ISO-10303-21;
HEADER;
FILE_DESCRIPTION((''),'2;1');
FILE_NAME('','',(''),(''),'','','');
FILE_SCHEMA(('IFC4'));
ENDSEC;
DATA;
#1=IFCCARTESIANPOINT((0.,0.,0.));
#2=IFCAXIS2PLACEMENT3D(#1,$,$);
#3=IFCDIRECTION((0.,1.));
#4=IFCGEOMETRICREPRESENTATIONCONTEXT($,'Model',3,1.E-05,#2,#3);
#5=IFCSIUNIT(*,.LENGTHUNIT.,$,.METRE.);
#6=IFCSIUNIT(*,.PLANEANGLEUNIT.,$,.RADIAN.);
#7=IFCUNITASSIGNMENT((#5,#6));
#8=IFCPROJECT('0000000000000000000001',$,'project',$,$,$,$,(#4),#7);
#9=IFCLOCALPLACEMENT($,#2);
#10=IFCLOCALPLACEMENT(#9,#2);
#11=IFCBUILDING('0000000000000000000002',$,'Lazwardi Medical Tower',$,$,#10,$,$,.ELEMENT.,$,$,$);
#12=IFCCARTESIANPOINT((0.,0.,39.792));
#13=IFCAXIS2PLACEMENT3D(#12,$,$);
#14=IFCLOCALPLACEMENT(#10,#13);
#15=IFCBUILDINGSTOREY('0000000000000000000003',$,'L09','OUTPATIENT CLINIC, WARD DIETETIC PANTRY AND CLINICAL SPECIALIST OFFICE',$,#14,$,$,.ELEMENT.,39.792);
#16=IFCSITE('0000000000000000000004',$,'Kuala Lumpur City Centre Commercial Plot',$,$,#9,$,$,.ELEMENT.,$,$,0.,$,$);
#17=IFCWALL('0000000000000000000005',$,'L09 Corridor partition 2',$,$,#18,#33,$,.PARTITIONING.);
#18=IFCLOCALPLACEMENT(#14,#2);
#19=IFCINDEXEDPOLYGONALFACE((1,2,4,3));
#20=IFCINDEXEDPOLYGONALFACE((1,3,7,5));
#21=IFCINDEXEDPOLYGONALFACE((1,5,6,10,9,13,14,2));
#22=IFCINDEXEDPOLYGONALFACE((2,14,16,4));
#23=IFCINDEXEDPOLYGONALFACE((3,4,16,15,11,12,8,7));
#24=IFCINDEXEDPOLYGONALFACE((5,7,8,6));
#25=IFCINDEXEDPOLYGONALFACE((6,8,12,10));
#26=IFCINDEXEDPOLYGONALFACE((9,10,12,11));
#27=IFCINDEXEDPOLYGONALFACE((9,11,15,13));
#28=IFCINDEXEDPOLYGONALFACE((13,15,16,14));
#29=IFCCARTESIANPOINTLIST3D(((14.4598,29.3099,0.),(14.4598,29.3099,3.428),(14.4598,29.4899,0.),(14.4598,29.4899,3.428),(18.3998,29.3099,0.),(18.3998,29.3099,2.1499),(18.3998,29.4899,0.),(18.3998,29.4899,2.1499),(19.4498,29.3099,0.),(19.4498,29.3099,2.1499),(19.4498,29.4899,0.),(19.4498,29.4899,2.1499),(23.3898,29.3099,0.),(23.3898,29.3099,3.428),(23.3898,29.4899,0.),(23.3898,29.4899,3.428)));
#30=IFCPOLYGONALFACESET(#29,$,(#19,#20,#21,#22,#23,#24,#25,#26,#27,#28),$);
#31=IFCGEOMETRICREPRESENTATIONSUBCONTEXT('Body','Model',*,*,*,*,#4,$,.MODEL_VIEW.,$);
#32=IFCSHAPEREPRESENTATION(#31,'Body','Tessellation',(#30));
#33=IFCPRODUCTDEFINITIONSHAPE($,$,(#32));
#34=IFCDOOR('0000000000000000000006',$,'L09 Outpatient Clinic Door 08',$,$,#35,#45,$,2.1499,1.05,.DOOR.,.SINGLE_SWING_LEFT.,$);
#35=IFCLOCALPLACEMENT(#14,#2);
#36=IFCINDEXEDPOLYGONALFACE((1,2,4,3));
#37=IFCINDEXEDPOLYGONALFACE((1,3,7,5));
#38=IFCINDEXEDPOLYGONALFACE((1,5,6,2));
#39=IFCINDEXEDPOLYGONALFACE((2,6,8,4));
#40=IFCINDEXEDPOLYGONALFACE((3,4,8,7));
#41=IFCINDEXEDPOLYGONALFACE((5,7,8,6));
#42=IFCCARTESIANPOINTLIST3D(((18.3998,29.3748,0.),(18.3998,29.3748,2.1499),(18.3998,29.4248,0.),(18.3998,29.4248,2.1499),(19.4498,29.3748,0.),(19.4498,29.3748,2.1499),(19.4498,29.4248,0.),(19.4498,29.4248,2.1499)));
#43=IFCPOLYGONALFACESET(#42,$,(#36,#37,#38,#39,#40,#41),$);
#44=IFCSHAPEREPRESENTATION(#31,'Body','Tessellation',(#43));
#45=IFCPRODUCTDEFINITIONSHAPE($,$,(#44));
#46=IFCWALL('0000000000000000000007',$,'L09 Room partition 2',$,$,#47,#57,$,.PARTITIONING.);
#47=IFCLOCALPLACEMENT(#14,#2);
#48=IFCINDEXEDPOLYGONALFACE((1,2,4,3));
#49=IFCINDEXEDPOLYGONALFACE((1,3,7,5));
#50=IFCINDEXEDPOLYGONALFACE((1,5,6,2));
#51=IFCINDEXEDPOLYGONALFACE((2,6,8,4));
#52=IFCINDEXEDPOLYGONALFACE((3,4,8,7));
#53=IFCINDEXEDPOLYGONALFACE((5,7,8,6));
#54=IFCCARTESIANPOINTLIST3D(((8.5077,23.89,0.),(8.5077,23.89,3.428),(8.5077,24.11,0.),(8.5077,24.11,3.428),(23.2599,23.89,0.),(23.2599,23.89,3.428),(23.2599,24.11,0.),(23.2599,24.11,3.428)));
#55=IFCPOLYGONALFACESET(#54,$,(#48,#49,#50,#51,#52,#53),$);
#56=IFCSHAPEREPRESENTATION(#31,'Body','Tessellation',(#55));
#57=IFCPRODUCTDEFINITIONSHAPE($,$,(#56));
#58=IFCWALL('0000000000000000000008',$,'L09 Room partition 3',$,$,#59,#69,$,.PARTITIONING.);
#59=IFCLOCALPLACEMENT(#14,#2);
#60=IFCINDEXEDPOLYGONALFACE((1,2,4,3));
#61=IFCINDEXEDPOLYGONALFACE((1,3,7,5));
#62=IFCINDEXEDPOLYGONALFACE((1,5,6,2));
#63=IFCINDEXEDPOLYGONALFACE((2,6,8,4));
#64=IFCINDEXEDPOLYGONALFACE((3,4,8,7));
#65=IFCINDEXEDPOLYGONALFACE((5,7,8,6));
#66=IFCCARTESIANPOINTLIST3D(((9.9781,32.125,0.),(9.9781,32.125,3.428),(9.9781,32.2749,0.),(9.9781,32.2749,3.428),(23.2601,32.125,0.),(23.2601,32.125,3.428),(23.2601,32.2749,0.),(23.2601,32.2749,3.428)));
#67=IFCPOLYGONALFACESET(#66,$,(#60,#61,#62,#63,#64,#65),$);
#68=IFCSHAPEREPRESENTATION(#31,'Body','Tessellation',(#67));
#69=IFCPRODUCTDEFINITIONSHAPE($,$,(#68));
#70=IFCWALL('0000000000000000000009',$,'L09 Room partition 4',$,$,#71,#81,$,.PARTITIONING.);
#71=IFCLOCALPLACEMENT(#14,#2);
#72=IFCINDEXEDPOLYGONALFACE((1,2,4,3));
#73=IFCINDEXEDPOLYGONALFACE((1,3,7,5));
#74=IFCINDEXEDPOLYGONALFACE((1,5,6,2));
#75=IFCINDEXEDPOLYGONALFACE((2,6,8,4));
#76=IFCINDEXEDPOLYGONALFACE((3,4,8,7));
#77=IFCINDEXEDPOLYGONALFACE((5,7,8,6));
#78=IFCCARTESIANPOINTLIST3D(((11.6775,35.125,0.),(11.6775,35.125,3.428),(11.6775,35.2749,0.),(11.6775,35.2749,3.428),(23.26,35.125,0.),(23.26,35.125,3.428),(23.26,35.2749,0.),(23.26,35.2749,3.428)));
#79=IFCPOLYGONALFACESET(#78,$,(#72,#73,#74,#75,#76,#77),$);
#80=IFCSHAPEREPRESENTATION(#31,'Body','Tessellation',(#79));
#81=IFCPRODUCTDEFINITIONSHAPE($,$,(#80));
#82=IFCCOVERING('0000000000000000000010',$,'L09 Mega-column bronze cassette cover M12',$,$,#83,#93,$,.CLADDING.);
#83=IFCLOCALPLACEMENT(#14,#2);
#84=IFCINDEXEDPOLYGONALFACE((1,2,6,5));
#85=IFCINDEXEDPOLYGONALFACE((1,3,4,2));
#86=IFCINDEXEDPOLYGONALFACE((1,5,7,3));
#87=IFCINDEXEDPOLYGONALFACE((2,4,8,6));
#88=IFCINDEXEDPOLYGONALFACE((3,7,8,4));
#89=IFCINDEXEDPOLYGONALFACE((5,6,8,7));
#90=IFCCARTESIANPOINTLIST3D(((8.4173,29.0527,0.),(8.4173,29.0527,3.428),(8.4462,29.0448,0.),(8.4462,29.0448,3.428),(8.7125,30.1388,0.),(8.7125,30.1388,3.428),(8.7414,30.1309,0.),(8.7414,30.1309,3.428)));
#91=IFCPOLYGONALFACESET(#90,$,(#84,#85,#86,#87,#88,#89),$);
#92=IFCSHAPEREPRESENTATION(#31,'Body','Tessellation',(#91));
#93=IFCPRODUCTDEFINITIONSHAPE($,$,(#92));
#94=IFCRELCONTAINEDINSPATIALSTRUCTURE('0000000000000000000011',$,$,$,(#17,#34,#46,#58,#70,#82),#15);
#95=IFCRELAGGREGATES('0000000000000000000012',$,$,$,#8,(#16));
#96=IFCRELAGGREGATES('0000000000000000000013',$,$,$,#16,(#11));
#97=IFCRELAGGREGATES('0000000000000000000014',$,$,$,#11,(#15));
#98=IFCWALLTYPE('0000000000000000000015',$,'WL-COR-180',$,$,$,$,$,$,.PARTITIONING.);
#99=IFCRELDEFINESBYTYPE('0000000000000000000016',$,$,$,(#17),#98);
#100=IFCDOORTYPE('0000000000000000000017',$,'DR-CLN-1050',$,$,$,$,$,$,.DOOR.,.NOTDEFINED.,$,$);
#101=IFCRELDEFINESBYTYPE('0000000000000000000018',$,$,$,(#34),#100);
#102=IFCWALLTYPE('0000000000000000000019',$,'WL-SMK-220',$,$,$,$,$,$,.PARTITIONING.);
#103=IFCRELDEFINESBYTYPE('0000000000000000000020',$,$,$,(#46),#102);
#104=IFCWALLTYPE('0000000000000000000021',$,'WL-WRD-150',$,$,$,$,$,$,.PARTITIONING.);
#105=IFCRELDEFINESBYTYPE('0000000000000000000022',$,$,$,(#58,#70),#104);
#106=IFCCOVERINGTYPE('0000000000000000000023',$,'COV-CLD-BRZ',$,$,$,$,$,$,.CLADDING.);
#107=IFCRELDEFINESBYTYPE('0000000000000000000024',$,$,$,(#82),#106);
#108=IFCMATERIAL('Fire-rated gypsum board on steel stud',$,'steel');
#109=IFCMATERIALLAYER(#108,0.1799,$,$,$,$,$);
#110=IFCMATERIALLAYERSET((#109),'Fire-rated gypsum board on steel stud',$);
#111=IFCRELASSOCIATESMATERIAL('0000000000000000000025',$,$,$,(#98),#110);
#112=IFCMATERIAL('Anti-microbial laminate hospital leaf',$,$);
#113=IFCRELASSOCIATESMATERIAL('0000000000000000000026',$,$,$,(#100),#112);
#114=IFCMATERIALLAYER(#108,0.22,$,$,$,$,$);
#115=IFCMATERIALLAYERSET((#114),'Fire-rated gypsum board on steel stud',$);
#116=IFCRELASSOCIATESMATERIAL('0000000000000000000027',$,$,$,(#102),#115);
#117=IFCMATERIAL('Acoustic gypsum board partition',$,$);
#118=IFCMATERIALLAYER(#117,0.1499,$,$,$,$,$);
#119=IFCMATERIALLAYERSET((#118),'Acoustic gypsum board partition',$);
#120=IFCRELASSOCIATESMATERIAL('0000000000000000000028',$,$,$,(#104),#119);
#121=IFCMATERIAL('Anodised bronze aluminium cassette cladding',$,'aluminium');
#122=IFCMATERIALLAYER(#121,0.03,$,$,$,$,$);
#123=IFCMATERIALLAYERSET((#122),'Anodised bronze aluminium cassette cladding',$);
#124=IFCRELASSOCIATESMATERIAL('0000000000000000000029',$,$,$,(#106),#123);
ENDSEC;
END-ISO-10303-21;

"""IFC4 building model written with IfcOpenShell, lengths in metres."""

from ifc_helpers import new_model, si_unit, direction, frame, frame_2d, origin, origin_2d, place, context, subcontext, project, spatial, rectangle, extrude, material, layer, layer_set, type_object, element, fill, save


model = new_model("IFC4")

# Units and contexts
model_context = context("Model", 3, precision=1e-05, world=origin(), true_north=direction((0.0, 1.0)))
body_context = subcontext(model_context, "Body", "Model", "MODEL_VIEW")
ifc_project = project(units=[si_unit("LENGTHUNIT", "METRE"), si_unit("PLANEANGLEUNIT", "RADIAN")], contexts=[model_context])

# Site, building, storey
site_placement = place(None, origin())
site = spatial("IfcSite", under=ifc_project, at=site_placement, Name="Kuala Lumpur City Centre Commercial Plot", CompositionType="ELEMENT", RefElevation=0.0)
building_placement = place(site_placement, origin())
building = spatial("IfcBuilding", under=site, at=building_placement, Name="Lazwardi Medical Tower", CompositionType="ELEMENT")
storey_placement = place(building_placement, frame((0.0, 0.0, 39.792)))
storey = spatial("IfcBuildingStorey", under=building, at=storey_placement, Name="L09", Description="OUTPATIENT CLINIC, WARD DIETETIC PANTRY AND CLINICAL SPECIALIST OFFICE", CompositionType="ELEMENT", Elevation=39.792)

# Shared definitions
ifc_material_1 = material(Name="Fire-rated gypsum board on steel stud", Category="steel")
ifc_layer_1 = layer(ifc_material_1, 0.1799)
ifc_layer_set_1 = layer_set([ifc_layer_1], Name="Fire-rated gypsum board on steel stud")
wall_type_1 = type_object("IfcWallType", Name="WL-COR-180", PredefinedType="PARTITIONING", material=ifc_layer_set_1)

# Wall, opening, door
wall_1_placement = place(storey_placement, frame((14.46, 29.3999, 0.0), z_axis=(0.0, 0.0, 1.0), x_axis=(1.0, 0.0, 0.0)))
wall_1 = element("IfcWall", 1, at=wall_1_placement, inside=storey, type_object=wall_type_1, Name="L09 Corridor partition 2", PredefinedType="PARTITIONING", context=body_context, shape_type="SweptSolid", body=[
    extrude(rectangle(XDim=8.9299, YDim=0.1799, at=frame_2d((4.4648, 0.0))), origin(), (0.0, 0.0, 1.0), 3.428),
])
opening_placement = place(wall_1_placement, frame((3.9399, 0.0, 0.0)))
opening = element("IfcOpeningElement", 2, at=opening_placement, cuts=wall_1, PredefinedType="OPENING", context=body_context, shape_type="SweptSolid", body=[
    extrude(rectangle(XDim=1.05, YDim=2.1499, at=frame_2d((0.5249, 1.075))), frame((0.0, 0.0999, 0.0), z_axis=(0.0, -1.0, 0.0), x_axis=(1.0, 0.0, 0.0)), (0.0, 0.0, 1.0), 0.2),
])
ifc_material_2 = material(Name="Anti-microbial laminate hospital leaf")
door_type = type_object("IfcDoorType", Name="DR-CLN-1050", OperationType="NOTDEFINED", PredefinedType="DOOR", material=ifc_material_2)
door_placement = place(opening_placement, origin())
door = element("IfcDoor", 3, at=door_placement, inside=storey, type_object=door_type, Name="L09 Outpatient Clinic Door 08", OperationType="SINGLE_SWING_LEFT", OverallHeight=2.1499, OverallWidth=1.05, PredefinedType="DOOR", context=body_context, shape_type="SweptSolid", body=[
    extrude(rectangle(XDim=1.05, YDim=2.1499, at=frame_2d((0.5249, 1.075))), frame((0.0, 0.0249, 0.0), z_axis=(0.0, -1.0, 0.0), x_axis=(1.0, 0.0, 0.0)), (0.0, 0.0, 1.0), 0.05),
])
fill(opening, door)

# Walls
ifc_layer_2 = layer(ifc_material_1, 0.22)
ifc_layer_set_2 = layer_set([ifc_layer_2], Name="Fire-rated gypsum board on steel stud")
wall_type_2 = type_object("IfcWallType", Name="WL-SMK-220", PredefinedType="PARTITIONING", material=ifc_layer_set_2)
wall_2_placement = place(storey_placement, frame((8.5078, 24.0, 0.0), z_axis=(0.0, 0.0, 1.0), x_axis=(1.0, 0.0, 0.0)))
element("IfcWall", 4, at=wall_2_placement, inside=storey, type_object=wall_type_2, Name="L09 Room partition 2", PredefinedType="PARTITIONING", context=body_context, shape_type="SweptSolid", body=[
    extrude(rectangle(XDim=14.7522, YDim=0.22, at=frame_2d((7.376, 0.0))), origin(), (0.0, 0.0, 1.0), 3.428),
])
ifc_material_3 = material(Name="Acoustic gypsum board partition")
ifc_layer_3 = layer(ifc_material_3, 0.1499)
ifc_layer_set_3 = layer_set([ifc_layer_3], Name="Acoustic gypsum board partition")
wall_type_3 = type_object("IfcWallType", Name="WL-WRD-150", PredefinedType="PARTITIONING", material=ifc_layer_set_3)
wall_3_placement = place(storey_placement, frame((9.978, 32.2, 0.0), z_axis=(0.0, 0.0, 1.0), x_axis=(1.0, 0.0, 0.0)))
element("IfcWall", 5, at=wall_3_placement, inside=storey, type_object=wall_type_3, Name="L09 Room partition 3", PredefinedType="PARTITIONING", context=body_context, shape_type="SweptSolid", body=[
    extrude(rectangle(XDim=13.282, YDim=0.1499, at=frame_2d((6.6411, 0.0))), origin(), (0.0, 0.0, 1.0), 3.428),
])
wall_4_placement = place(storey_placement, frame((11.6775, 35.2, 0.0), z_axis=(0.0, 0.0, 1.0), x_axis=(1.0, 0.0, 0.0)))
element("IfcWall", 6, at=wall_4_placement, inside=storey, type_object=wall_type_3, Name="L09 Room partition 4", PredefinedType="PARTITIONING", context=body_context, shape_type="SweptSolid", body=[
    extrude(rectangle(XDim=11.5825, YDim=0.1499, at=frame_2d((5.7913, 0.0))), origin(), (0.0, 0.0, 1.0), 3.428),
])

# Covering
ifc_material_4 = material(Name="Anodised bronze aluminium cassette cladding", Category="aluminium")
ifc_layer_4 = layer(ifc_material_4, 0.03)
ifc_layer_set_4 = layer_set([ifc_layer_4], Name="Anodised bronze aluminium cassette cladding")
covering_type = type_object("IfcCoveringType", Name="COV-CLD-BRZ", PredefinedType="CLADDING", material=ifc_layer_set_4)
covering_placement = place(storey_placement, frame((8.5793, 29.5918, 0.0), z_axis=(0.0, 0.0, 1.0), x_axis=(-0.262283, -0.964991, 0.0)))
element("IfcCovering", 7, at=covering_placement, inside=storey, type_object=covering_type, Name="L09 Mega-column bronze cassette cover M12", PredefinedType="CLADDING", context=body_context, shape_type="SweptSolid", body=[
    extrude(rectangle(XDim=1.1255, YDim=0.03, at=origin_2d()), origin(), (0.0, 0.0, 1.0), 3.428),
])

save(model, "model.ifc")
